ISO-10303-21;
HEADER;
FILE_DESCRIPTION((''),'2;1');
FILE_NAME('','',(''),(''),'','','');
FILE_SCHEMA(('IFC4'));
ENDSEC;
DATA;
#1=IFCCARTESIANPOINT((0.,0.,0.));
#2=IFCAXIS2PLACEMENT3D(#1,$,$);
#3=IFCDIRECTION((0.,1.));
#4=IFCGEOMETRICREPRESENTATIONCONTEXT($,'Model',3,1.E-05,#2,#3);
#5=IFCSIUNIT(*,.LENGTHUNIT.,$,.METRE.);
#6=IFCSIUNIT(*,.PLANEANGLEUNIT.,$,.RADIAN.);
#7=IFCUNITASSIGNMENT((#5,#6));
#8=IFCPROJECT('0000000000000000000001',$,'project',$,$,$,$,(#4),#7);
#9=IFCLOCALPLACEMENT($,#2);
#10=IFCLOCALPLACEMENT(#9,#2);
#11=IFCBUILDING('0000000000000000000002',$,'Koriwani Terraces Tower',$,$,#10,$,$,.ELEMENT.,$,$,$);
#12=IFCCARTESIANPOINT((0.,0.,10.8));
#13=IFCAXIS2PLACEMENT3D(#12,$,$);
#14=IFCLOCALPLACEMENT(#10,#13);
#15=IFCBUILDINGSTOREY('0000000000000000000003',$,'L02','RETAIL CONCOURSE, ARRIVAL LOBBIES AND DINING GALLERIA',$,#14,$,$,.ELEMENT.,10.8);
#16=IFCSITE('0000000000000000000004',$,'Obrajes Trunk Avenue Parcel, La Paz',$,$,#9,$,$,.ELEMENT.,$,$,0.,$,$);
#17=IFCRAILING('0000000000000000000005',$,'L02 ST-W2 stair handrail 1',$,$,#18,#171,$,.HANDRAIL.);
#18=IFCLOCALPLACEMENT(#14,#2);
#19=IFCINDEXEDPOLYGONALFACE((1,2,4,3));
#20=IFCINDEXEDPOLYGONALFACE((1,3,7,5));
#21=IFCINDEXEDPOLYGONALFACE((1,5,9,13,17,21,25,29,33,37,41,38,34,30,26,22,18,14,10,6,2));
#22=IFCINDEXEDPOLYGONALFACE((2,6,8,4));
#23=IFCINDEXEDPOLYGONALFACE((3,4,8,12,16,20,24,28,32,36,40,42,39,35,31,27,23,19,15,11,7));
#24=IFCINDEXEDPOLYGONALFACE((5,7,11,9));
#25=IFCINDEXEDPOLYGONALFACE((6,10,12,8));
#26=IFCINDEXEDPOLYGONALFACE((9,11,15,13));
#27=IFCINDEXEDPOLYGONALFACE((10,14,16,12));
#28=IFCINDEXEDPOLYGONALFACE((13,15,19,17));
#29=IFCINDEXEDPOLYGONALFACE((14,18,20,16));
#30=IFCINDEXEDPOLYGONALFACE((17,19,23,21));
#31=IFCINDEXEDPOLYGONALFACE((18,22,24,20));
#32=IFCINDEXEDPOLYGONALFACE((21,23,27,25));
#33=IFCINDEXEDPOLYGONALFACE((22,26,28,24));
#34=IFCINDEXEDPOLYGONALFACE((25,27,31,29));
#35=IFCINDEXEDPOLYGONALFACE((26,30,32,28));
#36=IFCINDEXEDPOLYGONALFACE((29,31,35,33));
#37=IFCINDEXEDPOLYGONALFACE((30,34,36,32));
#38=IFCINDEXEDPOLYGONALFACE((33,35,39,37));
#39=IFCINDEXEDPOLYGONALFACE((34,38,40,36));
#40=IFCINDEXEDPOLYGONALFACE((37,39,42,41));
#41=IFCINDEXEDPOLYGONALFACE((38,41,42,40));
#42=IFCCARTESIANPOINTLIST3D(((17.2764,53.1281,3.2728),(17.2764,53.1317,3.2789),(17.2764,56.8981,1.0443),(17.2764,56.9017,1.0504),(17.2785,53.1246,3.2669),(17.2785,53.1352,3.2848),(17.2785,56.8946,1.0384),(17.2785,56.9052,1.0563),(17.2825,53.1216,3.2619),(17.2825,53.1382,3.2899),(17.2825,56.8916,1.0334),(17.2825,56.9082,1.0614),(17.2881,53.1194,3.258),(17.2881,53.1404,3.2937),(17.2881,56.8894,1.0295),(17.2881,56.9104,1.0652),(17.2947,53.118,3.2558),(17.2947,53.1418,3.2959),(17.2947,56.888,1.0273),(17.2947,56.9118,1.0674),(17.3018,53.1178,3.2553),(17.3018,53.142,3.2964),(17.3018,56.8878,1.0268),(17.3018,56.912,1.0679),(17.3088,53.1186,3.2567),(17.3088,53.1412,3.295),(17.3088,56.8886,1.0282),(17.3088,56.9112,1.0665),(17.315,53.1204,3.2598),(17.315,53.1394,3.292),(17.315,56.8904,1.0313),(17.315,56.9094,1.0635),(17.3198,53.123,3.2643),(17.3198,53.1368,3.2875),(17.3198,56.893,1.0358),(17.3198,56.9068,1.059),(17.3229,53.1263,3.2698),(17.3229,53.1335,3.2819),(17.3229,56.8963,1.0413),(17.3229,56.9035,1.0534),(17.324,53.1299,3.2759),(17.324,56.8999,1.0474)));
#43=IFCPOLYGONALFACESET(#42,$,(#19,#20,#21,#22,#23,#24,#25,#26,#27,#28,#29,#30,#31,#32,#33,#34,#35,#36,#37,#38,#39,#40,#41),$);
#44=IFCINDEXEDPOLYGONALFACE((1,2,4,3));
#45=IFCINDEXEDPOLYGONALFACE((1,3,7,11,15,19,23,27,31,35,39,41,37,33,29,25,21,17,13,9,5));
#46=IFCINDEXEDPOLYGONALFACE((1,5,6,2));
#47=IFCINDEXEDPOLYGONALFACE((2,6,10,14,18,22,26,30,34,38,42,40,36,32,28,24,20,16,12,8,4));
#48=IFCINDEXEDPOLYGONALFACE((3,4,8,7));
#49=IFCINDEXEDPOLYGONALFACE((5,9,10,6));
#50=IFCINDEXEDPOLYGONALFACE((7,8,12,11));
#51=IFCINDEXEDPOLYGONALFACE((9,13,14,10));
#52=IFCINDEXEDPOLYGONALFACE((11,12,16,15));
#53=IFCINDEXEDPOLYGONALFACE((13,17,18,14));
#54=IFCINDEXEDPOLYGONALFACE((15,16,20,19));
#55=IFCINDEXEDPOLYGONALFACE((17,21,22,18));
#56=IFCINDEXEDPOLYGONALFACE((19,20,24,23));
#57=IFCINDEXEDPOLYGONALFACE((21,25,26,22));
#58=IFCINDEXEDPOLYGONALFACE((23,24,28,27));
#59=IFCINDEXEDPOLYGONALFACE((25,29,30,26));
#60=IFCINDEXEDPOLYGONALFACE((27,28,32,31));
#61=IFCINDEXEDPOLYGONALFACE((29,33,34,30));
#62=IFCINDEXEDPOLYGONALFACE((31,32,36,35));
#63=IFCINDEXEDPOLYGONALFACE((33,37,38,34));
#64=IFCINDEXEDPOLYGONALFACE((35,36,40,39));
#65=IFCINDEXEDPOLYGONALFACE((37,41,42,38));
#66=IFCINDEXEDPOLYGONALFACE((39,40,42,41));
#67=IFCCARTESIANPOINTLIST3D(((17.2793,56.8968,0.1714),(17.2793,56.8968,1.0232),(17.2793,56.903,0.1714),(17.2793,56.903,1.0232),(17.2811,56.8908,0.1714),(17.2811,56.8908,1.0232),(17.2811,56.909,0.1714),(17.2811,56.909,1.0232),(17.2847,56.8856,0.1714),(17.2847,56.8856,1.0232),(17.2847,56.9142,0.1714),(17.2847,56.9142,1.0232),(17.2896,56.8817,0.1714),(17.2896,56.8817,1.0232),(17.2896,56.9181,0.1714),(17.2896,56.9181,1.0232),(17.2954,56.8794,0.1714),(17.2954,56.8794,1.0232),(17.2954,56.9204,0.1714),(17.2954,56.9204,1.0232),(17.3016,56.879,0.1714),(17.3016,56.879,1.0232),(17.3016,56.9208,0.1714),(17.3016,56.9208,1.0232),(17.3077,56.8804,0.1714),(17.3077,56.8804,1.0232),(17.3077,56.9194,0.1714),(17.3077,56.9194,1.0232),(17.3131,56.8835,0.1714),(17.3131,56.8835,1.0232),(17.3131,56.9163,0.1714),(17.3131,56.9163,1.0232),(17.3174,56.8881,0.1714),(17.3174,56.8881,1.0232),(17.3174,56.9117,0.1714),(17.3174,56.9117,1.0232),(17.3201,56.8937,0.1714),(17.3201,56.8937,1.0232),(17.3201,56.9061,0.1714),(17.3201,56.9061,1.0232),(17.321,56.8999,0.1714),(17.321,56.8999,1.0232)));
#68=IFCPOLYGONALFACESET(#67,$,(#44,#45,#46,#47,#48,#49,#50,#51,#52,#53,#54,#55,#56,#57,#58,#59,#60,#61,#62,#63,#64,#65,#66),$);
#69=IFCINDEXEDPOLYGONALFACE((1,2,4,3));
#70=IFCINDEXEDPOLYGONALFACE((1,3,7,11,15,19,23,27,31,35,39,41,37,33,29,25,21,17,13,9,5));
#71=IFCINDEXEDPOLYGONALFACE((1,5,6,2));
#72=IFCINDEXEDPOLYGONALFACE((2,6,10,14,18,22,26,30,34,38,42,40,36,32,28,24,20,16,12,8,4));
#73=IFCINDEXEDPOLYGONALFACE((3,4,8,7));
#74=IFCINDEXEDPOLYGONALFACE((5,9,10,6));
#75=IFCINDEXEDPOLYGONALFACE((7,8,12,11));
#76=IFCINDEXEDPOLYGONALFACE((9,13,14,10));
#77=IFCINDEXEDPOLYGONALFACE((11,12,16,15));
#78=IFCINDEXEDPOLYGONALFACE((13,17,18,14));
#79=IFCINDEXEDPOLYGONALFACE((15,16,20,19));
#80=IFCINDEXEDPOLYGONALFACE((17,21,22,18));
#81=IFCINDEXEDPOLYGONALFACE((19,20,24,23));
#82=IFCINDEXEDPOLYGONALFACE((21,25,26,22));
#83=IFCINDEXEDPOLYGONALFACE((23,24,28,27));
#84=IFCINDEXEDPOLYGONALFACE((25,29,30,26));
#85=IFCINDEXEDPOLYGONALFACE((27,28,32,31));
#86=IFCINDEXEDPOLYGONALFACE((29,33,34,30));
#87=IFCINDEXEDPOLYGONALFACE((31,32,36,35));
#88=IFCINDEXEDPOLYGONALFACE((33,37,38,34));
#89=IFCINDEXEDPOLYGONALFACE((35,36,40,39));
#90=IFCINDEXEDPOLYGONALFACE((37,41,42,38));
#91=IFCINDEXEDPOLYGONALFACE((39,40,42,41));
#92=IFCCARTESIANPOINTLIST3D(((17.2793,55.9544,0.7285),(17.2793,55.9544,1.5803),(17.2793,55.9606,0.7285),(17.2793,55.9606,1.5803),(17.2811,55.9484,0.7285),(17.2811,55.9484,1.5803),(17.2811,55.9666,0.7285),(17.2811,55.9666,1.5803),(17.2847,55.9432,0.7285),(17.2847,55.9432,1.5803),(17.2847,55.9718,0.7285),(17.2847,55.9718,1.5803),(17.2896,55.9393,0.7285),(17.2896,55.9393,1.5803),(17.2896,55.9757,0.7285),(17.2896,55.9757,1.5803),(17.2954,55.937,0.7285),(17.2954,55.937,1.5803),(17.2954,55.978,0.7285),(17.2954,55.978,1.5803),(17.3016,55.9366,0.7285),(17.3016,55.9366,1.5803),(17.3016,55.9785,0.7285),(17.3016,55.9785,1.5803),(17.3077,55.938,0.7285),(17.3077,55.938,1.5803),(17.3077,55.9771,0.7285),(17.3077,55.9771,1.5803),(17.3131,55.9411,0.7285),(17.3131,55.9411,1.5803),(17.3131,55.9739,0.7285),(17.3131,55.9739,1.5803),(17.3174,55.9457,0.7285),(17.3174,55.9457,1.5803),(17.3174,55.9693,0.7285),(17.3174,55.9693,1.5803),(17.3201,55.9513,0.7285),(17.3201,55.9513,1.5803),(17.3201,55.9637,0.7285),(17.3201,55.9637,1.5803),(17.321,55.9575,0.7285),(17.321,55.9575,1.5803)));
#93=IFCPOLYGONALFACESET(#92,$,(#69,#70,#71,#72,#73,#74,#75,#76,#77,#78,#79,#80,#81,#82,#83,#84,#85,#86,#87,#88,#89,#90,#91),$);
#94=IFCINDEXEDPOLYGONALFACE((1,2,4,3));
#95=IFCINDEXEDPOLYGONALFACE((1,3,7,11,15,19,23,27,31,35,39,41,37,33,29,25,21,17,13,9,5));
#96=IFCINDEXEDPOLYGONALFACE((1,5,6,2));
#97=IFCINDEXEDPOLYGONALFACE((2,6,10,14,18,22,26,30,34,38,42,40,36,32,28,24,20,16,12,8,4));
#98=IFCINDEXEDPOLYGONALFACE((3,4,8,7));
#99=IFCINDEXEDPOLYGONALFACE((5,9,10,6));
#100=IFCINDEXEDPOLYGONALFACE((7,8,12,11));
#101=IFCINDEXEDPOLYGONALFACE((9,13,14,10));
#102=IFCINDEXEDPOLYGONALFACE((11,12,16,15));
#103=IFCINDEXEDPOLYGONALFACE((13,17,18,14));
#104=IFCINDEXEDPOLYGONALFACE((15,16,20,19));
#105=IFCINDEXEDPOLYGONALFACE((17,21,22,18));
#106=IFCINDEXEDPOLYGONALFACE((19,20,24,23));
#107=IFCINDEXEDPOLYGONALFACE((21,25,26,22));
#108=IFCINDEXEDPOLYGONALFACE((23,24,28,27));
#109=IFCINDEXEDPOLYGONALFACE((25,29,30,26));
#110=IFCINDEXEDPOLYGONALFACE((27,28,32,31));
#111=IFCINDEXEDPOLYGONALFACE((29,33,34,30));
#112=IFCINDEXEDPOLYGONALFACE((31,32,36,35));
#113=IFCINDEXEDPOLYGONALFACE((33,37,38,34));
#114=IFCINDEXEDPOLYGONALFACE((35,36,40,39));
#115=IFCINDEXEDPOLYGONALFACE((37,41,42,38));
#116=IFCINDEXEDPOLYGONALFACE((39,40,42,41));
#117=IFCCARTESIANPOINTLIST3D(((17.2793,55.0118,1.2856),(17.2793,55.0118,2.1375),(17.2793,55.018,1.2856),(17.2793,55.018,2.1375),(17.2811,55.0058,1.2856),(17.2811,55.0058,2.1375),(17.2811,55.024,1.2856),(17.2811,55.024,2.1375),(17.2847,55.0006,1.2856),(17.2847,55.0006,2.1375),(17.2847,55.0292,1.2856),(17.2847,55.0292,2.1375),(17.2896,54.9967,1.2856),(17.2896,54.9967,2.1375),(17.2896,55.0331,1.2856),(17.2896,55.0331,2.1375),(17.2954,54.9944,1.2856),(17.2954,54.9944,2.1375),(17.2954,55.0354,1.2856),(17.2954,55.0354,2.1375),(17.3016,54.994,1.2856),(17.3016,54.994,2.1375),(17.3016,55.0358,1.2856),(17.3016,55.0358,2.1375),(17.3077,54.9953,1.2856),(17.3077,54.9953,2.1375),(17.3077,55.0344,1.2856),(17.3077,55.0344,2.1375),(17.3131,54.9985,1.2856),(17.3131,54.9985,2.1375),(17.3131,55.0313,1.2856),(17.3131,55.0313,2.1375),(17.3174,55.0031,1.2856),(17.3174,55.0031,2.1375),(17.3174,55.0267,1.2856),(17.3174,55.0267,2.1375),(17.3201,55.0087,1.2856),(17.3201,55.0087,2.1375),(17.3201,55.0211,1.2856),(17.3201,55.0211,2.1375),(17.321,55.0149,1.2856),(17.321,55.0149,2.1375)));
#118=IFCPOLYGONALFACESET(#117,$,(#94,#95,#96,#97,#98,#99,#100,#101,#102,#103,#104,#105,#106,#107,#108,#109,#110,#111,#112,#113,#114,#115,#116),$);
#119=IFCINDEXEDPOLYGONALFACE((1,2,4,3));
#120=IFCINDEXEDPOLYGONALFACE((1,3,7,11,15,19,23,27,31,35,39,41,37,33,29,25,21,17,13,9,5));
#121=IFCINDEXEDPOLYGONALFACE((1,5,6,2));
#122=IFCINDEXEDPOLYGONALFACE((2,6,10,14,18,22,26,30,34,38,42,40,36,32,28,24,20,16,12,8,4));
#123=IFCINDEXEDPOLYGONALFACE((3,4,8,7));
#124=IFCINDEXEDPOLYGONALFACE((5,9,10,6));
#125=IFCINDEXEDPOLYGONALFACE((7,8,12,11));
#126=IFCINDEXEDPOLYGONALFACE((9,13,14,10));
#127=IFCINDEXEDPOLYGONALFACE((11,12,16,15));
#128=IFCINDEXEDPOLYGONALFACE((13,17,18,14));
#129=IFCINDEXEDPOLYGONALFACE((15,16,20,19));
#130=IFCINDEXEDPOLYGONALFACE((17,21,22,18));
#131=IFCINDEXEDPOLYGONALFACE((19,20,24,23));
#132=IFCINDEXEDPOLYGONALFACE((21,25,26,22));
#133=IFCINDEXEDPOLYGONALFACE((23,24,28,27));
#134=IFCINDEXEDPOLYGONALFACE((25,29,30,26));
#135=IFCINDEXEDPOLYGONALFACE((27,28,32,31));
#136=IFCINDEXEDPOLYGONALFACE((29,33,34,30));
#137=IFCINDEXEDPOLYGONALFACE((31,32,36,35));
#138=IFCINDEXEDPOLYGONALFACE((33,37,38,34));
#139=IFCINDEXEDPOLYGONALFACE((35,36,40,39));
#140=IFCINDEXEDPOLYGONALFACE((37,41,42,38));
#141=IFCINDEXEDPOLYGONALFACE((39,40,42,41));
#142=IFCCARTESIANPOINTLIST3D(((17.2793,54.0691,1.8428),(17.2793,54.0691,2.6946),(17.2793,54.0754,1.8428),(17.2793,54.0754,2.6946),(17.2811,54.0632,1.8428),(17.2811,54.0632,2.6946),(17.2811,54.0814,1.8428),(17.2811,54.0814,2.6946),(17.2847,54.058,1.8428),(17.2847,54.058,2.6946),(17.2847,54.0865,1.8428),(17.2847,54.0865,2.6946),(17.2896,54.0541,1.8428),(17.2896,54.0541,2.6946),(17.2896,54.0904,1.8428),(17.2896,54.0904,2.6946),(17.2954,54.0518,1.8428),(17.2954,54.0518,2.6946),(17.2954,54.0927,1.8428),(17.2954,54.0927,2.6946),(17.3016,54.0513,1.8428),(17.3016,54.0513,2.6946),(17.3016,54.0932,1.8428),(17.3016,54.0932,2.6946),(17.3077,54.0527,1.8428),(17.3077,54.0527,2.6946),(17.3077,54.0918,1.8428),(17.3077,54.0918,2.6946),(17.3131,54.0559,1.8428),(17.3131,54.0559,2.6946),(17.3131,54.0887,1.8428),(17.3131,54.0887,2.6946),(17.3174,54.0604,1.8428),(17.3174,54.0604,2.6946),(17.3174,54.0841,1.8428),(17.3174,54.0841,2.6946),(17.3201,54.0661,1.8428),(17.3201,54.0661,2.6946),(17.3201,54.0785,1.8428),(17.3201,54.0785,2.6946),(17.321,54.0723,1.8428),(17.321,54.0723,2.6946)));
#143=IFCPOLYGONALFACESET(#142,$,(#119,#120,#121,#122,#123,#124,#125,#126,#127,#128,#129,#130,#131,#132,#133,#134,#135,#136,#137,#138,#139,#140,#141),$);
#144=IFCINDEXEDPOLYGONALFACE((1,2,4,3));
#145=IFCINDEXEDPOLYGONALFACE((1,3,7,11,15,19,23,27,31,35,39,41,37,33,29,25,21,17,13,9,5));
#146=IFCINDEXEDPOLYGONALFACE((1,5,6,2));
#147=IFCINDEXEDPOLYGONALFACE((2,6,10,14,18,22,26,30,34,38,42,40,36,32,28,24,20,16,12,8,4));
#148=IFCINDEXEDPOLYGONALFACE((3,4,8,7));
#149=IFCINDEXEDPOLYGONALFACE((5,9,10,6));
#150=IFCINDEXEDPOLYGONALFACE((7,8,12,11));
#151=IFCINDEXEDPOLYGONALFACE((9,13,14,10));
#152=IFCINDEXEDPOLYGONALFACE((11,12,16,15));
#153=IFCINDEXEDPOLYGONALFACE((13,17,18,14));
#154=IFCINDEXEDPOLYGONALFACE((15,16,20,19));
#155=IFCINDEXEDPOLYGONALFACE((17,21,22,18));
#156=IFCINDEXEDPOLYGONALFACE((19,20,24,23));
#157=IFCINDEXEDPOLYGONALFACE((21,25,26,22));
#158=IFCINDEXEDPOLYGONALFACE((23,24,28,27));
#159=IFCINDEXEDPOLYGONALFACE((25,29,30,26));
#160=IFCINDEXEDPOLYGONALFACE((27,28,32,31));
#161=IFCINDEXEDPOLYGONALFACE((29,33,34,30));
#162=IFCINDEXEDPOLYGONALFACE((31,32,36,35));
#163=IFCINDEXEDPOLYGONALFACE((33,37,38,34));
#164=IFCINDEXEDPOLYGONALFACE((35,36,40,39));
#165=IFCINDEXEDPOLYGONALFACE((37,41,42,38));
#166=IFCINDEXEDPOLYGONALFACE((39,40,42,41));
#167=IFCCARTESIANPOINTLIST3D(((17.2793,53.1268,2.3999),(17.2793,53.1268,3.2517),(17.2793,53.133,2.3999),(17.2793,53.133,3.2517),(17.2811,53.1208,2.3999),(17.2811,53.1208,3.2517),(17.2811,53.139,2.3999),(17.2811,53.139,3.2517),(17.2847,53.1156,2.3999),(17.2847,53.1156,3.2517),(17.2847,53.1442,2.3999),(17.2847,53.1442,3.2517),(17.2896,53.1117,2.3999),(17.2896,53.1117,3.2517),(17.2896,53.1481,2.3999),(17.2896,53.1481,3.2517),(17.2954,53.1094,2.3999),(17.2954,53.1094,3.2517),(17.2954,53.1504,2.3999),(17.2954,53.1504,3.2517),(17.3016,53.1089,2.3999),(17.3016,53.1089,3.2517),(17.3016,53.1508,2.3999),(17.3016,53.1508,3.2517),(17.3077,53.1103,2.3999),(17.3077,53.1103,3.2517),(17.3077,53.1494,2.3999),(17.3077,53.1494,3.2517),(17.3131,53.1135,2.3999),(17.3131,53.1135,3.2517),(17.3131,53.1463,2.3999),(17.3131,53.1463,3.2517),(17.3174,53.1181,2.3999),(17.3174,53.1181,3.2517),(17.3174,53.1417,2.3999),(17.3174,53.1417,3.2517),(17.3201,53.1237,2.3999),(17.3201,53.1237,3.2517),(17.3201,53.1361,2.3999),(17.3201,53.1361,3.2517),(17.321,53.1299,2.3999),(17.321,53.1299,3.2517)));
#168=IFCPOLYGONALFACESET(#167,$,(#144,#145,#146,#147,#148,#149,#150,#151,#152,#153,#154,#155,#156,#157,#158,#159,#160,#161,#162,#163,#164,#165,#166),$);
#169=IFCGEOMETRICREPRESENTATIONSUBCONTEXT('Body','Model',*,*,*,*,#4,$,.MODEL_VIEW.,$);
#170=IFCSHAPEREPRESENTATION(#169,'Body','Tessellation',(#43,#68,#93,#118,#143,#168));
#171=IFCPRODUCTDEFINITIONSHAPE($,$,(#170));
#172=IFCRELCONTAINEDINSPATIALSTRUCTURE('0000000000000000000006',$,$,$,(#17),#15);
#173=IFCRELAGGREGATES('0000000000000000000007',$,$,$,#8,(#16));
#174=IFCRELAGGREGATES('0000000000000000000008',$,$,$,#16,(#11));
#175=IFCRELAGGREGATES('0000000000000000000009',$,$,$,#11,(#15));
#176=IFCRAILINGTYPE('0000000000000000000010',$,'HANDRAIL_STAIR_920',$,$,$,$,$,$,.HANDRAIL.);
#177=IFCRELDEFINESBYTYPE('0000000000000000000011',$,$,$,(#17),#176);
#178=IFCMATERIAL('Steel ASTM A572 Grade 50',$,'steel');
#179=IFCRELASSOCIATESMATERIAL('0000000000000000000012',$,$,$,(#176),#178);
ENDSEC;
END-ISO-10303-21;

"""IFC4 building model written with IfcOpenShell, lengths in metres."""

from ifc_helpers import new_model, si_unit, direction, frame, origin, origin_2d, place, context, subcontext, project, spatial, circle, extrude, material, type_object, element, save


model = new_model("IFC4")

# Units and contexts
model_context = context("Model", 3, precision=1e-05, world=origin(), true_north=direction((0.0, 1.0)))
body_context = subcontext(model_context, "Body", "Model", "MODEL_VIEW")
ifc_project = project(units=[si_unit("LENGTHUNIT", "METRE"), si_unit("PLANEANGLEUNIT", "RADIAN")], contexts=[model_context])

# Site, building, storey
site_placement = place(None, origin())
site = spatial("IfcSite", under=ifc_project, at=site_placement, Name="Obrajes Trunk Avenue Parcel, La Paz", CompositionType="ELEMENT", RefElevation=0.0)
building_placement = place(site_placement, origin())
building = spatial("IfcBuilding", under=site, at=building_placement, Name="Koriwani Terraces Tower", CompositionType="ELEMENT")
storey_placement = place(building_placement, frame((0.0, 0.0, 10.8)))
storey = spatial("IfcBuildingStorey", under=building, at=storey_placement, Name="L02", Description="RETAIL CONCOURSE, ARRIVAL LOBBIES AND DINING GALLERIA", CompositionType="ELEMENT", Elevation=10.8)

# Shared definitions
ifc_material_1 = material(Name="Steel ASTM A572 Grade 50", Category="steel")

# Railing
railing_type_1 = type_object("IfcRailingType", Name="HANDRAIL_STAIR_920", PredefinedType="HANDRAIL", material=ifc_material_1)
railing_1_placement = place(storey_placement, frame((17.3, 56.8999, 0.1714)))
element("IfcRailing", 1, at=railing_1_placement, inside=storey, type_object=railing_type_1, Name="L02 ST-W2 stair handrail 1", PredefinedType="HANDRAIL", context=body_context, shape_type="SweptSolid", body=[
    extrude(circle(Radius=0.0239, at=origin_2d()), frame((0.0, 0.0, 0.876), z_axis=(0.0, -0.860849, 0.508861), x_axis=(1.0, 0.0, 0.0)), (0.0, 0.0, 1.0), 4.3794),
    extrude(circle(Radius=0.021, at=origin_2d()), origin(), (0.0, 0.0, 1.0), 0.8518),
    extrude(circle(Radius=0.021, at=origin_2d()), frame((0.0, -0.9424, 0.5571)), (0.0, 0.0, 1.0), 0.8518),
    extrude(circle(Radius=0.021, at=origin_2d()), frame((0.0, -1.885, 1.1143)), (0.0, 0.0, 1.0), 0.8518),
    extrude(circle(Radius=0.021, at=origin_2d()), frame((0.0, -2.8276, 1.6714)), (0.0, 0.0, 1.0), 0.8518),
    extrude(circle(Radius=0.021, at=origin_2d()), frame((0.0, -3.77, 2.2285)), (0.0, 0.0, 1.0), 0.8518),
])

save(model, "model.ifc")
